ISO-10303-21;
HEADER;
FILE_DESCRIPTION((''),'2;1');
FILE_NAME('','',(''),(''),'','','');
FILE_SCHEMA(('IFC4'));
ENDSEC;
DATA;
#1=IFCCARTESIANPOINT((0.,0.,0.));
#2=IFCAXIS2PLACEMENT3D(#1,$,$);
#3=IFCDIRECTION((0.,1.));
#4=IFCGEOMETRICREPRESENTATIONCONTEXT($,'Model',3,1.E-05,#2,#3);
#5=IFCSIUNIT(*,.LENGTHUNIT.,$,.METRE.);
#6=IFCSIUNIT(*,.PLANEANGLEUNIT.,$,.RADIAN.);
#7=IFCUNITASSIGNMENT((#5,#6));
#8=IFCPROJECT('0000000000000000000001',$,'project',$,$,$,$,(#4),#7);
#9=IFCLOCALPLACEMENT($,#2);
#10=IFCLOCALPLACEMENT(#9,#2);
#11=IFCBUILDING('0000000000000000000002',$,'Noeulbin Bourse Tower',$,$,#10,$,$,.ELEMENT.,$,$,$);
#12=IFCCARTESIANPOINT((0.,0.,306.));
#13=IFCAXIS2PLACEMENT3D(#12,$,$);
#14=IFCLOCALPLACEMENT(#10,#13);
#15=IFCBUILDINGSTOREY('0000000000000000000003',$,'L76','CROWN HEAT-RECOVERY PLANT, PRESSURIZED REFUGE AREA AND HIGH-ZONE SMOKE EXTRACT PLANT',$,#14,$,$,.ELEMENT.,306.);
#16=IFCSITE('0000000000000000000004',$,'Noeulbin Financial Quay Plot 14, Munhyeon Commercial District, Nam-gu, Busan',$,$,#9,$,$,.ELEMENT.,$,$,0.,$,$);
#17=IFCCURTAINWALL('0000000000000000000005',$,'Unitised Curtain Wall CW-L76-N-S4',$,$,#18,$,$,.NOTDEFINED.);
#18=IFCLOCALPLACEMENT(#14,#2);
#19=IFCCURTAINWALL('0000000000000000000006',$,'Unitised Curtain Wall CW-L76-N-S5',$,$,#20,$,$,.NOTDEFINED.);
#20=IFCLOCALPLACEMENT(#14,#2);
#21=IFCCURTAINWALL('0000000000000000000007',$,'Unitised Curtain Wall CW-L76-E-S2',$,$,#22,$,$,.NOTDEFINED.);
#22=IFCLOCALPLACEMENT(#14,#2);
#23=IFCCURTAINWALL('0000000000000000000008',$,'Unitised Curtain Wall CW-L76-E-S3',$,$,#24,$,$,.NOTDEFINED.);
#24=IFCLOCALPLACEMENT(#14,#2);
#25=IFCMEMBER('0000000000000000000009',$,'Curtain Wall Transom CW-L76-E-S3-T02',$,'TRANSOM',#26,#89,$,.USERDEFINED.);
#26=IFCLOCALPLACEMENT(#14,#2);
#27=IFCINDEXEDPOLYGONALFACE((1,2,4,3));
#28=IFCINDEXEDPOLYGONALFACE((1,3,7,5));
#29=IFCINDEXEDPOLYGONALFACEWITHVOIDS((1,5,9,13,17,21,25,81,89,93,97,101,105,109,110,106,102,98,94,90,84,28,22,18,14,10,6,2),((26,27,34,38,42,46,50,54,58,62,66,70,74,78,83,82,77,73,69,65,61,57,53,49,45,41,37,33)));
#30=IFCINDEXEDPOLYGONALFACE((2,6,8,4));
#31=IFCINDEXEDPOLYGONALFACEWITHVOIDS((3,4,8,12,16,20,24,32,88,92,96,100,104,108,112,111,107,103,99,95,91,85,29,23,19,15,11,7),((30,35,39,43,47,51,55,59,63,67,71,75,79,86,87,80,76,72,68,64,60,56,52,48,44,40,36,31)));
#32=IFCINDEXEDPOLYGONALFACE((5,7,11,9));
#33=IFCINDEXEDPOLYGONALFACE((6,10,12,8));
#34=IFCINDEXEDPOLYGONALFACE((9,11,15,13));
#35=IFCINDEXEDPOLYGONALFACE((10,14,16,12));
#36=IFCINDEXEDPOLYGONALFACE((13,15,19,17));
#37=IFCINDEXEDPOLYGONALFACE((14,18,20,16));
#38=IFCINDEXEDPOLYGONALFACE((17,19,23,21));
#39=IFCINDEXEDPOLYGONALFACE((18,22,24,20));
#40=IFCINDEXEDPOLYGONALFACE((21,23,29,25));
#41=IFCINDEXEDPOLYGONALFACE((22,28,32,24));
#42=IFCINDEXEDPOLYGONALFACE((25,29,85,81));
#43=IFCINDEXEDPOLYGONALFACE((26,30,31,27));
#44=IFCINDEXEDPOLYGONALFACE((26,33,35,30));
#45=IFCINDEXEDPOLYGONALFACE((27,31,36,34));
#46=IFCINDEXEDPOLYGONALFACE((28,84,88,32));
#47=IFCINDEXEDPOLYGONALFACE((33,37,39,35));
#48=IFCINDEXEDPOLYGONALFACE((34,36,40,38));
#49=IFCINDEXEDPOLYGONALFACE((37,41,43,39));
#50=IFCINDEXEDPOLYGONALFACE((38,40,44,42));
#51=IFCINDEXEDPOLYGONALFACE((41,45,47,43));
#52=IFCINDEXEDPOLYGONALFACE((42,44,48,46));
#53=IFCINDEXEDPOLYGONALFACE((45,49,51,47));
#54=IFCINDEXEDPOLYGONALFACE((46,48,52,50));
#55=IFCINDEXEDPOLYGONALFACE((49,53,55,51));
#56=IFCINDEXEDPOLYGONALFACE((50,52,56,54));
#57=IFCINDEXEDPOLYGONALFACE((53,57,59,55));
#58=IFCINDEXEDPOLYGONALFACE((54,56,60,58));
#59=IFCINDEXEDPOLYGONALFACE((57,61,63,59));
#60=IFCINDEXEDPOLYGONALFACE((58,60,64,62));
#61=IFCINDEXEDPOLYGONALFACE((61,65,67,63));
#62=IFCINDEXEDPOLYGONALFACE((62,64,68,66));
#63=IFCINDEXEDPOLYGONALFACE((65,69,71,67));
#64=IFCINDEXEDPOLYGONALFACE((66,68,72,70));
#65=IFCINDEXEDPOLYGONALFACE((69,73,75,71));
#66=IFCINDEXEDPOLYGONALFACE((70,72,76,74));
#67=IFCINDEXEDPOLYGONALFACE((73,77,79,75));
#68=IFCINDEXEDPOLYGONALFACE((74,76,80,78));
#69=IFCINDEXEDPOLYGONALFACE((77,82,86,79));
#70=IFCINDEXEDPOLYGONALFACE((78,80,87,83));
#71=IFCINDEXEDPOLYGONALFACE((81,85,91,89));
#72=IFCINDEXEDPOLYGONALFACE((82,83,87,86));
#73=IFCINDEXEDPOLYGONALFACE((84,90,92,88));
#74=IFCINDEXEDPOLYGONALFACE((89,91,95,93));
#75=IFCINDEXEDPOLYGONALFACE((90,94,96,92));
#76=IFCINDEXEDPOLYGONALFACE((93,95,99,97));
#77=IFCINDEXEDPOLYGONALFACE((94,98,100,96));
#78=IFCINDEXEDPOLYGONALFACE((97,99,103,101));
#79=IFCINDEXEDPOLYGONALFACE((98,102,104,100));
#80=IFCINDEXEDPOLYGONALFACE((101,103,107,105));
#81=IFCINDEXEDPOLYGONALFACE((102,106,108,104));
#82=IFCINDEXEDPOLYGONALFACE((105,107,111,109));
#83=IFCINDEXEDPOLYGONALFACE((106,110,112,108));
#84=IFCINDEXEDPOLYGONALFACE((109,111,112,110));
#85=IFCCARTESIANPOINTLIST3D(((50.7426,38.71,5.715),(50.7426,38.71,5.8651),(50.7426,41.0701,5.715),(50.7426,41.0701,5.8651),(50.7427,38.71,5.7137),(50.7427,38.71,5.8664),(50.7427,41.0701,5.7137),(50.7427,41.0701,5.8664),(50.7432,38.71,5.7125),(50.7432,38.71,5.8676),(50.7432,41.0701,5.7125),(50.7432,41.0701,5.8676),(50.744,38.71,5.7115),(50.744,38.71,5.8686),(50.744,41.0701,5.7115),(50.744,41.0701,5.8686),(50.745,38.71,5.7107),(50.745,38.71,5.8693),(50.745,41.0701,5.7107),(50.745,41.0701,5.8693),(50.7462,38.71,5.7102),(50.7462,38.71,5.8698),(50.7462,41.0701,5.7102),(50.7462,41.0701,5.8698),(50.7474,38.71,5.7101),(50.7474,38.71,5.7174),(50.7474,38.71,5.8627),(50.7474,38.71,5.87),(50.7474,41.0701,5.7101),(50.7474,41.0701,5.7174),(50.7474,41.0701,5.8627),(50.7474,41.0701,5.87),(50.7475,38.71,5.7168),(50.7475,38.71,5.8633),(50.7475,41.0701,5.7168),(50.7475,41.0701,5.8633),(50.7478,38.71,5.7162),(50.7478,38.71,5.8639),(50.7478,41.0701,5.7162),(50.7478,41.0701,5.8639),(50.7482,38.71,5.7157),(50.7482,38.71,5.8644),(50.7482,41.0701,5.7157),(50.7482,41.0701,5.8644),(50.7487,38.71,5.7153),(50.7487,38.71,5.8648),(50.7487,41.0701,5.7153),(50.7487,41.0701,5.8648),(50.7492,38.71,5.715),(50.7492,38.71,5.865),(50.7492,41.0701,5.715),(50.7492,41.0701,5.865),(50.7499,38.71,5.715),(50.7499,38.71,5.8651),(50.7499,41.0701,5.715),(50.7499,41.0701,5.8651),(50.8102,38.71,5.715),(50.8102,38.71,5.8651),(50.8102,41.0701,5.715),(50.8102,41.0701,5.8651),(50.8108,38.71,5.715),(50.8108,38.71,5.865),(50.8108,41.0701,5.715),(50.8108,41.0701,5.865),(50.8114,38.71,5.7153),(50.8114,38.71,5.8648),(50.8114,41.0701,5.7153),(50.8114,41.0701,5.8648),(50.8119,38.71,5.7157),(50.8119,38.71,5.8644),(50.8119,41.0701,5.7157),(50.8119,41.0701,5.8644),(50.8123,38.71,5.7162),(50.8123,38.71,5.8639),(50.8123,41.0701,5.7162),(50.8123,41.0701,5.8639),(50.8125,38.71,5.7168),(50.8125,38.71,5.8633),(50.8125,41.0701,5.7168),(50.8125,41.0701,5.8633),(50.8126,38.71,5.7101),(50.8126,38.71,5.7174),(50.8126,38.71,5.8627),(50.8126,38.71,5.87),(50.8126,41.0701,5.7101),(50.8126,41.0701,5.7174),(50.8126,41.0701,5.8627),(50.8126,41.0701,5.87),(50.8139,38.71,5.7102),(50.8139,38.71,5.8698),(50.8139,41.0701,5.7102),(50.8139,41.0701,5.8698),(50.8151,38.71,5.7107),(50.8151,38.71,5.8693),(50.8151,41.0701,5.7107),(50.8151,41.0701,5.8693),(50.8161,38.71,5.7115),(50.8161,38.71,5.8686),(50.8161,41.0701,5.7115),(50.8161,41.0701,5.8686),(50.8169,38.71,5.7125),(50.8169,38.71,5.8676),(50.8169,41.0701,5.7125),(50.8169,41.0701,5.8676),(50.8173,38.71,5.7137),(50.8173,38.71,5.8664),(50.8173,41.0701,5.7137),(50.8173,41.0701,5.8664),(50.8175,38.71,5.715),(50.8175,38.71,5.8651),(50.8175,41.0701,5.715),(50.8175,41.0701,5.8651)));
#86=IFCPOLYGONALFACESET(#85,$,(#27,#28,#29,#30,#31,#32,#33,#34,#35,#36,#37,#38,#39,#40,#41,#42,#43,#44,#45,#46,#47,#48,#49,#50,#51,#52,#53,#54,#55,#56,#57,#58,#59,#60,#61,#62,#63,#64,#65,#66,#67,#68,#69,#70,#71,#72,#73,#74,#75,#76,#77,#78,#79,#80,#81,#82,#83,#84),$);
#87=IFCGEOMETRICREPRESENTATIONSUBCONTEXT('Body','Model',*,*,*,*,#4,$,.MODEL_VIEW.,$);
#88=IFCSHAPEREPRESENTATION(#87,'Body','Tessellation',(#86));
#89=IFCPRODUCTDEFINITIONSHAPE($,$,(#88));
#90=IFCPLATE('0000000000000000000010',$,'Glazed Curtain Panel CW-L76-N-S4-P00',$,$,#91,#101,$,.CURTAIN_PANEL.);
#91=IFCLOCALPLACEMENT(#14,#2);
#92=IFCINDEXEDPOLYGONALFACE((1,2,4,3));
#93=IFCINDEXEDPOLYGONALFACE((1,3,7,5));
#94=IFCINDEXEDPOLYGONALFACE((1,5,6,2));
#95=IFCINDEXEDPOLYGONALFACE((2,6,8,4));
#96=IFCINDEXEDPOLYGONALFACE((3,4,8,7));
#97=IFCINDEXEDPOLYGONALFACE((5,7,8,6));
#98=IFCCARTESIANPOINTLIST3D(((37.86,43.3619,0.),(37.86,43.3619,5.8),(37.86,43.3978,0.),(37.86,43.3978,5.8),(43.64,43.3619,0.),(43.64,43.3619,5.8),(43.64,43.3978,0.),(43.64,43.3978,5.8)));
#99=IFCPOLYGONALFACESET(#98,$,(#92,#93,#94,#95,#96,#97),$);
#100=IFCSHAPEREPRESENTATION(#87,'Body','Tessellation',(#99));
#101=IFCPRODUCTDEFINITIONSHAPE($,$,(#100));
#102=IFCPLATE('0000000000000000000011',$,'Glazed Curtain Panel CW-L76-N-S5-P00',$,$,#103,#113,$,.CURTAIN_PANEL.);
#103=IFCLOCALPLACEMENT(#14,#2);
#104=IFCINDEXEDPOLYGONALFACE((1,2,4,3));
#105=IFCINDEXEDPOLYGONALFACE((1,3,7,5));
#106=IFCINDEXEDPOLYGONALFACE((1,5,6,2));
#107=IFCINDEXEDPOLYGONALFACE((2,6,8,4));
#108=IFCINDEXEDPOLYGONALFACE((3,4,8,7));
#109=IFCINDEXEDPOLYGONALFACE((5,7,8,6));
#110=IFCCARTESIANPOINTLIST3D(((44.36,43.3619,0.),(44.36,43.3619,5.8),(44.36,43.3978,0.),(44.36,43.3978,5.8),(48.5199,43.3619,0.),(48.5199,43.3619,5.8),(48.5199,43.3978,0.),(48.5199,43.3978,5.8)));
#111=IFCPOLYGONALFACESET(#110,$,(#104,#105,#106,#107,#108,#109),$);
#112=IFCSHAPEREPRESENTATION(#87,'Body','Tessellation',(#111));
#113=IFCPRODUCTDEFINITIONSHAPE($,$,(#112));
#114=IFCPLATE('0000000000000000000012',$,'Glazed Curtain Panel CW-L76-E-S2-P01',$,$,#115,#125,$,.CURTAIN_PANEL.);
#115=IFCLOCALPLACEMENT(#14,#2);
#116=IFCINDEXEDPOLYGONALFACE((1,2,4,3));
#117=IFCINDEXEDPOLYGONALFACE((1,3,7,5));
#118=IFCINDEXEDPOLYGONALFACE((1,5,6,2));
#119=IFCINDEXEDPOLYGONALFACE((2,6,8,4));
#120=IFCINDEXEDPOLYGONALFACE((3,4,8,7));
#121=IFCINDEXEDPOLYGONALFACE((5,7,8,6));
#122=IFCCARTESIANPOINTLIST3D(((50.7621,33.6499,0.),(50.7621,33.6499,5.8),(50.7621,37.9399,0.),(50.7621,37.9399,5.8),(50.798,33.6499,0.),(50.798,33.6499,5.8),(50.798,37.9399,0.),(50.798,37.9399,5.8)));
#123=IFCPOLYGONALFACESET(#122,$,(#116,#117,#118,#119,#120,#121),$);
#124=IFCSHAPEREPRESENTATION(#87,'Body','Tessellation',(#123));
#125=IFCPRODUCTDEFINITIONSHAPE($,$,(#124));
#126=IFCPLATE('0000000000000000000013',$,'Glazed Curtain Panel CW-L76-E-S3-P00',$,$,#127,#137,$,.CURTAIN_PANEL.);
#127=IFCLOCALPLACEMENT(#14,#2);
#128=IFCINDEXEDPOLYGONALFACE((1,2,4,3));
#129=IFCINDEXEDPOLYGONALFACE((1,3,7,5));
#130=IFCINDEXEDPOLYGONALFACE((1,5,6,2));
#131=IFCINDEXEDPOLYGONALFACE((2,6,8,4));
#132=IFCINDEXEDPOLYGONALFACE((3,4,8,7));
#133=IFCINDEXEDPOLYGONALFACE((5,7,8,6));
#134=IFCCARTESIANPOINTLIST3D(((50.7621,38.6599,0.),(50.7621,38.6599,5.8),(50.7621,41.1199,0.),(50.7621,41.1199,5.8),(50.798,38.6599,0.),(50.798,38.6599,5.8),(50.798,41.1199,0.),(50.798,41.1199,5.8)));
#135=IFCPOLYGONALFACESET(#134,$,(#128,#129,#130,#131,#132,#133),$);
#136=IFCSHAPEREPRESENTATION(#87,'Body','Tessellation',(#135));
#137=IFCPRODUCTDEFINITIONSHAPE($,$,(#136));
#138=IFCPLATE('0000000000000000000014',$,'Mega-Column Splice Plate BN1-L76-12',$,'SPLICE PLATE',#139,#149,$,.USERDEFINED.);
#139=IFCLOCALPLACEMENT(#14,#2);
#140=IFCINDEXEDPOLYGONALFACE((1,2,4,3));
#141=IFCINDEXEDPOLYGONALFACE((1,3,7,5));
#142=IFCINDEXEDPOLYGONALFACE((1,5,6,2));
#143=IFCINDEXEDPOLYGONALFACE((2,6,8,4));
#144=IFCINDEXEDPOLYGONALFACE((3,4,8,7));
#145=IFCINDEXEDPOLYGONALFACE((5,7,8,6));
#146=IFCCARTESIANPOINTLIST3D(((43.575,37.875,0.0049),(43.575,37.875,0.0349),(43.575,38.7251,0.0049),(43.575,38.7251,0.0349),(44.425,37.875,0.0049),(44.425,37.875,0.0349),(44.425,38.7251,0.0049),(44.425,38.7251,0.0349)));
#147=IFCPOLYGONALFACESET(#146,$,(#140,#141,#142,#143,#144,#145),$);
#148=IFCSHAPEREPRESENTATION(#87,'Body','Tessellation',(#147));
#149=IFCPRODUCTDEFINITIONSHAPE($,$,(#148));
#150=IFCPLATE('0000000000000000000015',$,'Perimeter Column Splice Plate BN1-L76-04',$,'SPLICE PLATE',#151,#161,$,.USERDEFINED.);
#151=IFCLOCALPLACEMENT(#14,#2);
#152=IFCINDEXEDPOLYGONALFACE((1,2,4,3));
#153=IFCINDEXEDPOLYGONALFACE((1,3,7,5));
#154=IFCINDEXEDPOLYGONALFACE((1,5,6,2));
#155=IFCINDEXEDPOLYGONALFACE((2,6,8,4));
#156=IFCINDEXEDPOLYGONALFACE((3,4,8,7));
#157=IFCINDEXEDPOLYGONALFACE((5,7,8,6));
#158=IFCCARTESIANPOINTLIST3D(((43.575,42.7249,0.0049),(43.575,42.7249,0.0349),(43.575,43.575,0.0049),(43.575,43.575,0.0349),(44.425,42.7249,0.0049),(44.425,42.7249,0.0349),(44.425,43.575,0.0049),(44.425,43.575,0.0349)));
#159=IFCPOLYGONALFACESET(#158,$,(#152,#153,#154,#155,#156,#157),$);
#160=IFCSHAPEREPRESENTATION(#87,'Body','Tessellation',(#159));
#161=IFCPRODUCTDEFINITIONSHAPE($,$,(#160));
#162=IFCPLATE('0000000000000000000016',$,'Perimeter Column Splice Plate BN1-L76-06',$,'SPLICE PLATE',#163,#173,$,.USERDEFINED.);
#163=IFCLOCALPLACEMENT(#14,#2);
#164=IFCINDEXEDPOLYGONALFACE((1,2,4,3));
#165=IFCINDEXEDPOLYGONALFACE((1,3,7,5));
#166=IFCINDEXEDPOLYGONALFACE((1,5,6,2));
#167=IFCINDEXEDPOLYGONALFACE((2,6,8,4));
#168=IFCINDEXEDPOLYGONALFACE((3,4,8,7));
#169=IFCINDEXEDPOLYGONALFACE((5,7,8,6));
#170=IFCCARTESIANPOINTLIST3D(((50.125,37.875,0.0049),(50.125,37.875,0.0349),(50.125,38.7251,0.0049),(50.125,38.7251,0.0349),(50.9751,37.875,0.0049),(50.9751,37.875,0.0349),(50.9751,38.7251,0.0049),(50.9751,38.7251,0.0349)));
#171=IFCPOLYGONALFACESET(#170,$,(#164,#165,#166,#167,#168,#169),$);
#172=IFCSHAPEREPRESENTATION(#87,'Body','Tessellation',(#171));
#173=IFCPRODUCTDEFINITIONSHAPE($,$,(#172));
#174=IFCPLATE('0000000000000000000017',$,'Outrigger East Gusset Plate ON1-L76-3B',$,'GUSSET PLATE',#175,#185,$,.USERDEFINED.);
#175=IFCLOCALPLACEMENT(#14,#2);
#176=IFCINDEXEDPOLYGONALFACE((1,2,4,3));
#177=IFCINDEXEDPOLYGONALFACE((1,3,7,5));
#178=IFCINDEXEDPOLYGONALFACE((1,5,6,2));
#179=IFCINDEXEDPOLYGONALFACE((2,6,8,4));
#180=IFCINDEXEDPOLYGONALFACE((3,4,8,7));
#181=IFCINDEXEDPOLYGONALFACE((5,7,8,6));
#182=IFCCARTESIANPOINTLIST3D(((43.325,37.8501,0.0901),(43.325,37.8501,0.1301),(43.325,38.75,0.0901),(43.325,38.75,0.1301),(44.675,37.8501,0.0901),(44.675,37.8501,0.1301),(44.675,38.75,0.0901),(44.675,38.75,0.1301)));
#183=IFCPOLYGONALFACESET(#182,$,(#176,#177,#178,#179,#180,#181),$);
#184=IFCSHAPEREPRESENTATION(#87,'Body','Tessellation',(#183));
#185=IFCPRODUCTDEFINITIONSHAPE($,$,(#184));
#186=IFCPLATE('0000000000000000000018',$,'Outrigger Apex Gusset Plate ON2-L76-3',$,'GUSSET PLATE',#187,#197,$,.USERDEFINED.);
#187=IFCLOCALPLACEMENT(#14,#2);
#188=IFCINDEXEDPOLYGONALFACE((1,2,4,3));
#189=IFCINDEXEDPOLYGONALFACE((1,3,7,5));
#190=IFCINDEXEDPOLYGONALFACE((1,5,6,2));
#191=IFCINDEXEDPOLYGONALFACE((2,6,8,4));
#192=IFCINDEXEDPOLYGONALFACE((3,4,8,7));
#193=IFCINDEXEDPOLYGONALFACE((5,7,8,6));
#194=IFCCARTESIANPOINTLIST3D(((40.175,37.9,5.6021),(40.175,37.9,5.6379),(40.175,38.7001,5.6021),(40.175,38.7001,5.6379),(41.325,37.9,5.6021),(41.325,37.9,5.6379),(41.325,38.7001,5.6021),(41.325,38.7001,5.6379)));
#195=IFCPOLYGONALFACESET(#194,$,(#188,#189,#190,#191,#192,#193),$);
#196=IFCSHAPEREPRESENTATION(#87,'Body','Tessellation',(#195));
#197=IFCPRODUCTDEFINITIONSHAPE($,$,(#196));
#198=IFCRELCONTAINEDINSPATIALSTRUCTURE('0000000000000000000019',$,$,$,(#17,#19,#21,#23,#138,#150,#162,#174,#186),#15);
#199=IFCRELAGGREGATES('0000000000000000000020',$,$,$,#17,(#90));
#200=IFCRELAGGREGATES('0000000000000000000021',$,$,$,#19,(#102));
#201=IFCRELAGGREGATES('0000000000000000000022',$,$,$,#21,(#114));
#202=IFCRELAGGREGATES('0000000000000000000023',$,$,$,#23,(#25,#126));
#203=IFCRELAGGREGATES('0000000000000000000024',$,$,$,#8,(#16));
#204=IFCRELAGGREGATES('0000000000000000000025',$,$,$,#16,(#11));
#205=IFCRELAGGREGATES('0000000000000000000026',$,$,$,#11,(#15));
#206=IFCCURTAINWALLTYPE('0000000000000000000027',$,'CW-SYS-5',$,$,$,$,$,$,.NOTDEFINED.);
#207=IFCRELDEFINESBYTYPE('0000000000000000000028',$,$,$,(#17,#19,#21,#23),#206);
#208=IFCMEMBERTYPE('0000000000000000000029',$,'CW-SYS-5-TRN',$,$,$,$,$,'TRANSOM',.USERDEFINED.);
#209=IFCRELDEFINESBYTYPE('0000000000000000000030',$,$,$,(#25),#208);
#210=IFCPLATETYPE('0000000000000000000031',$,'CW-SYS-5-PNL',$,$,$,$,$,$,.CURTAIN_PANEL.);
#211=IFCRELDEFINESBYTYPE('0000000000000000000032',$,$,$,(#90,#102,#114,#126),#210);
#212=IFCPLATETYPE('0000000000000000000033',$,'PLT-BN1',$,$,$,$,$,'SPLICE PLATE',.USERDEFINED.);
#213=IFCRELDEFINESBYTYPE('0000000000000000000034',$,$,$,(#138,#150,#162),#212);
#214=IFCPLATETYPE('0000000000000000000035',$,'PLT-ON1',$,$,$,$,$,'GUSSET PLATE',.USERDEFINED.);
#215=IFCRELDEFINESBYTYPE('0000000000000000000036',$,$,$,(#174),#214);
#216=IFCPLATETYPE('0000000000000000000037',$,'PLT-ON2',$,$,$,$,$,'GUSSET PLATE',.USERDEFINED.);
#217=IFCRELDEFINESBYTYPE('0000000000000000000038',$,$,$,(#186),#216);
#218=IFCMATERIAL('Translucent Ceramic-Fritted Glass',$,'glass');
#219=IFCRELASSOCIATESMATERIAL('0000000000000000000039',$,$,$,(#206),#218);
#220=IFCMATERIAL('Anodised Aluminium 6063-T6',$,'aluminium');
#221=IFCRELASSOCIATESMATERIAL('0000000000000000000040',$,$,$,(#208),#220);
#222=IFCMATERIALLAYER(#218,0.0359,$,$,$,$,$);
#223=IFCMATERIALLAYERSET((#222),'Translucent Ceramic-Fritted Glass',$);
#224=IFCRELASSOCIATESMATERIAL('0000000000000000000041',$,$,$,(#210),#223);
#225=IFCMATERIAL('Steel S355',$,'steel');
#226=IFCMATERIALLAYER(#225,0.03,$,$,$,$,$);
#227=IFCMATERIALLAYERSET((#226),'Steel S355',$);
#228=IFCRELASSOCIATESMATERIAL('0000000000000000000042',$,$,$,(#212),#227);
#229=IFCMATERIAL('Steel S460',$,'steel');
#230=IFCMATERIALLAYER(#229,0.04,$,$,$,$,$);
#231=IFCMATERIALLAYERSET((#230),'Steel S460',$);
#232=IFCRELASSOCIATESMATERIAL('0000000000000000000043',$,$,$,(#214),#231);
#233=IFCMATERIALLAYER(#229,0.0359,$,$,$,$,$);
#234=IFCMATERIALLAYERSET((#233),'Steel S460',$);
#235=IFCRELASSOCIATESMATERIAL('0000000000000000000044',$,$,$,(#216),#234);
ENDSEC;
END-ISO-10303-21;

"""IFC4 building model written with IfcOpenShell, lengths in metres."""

from ifc_helpers import new_model, si_unit, direction, frame, origin, origin_2d, place, context, subcontext, project, spatial, rectangle, hollow_rectangle, extrude, material, layer, layer_set, material_profile, profile_set, type_object, element, aggregate, save


model = new_model("IFC4")

# Units and contexts
model_context = context("Model", 3, precision=1e-05, world=origin(), true_north=direction((0.0, 1.0)))
body_context = subcontext(model_context, "Body", "Model", "MODEL_VIEW")
ifc_project = project(units=[si_unit("LENGTHUNIT", "METRE"), si_unit("PLANEANGLEUNIT", "RADIAN")], contexts=[model_context])

# Site, building, storey
site_placement = place(None, origin())
site = spatial("IfcSite", under=ifc_project, at=site_placement, Name="Noeulbin Financial Quay Plot 14, Munhyeon Commercial District, Nam-gu, Busan", CompositionType="ELEMENT", RefElevation=0.0)
building_placement = place(site_placement, origin())
building = spatial("IfcBuilding", under=site, at=building_placement, Name="Noeulbin Bourse Tower", CompositionType="ELEMENT")
storey_placement = place(building_placement, frame((0.0, 0.0, 306.0)))
storey = spatial("IfcBuildingStorey", under=building, at=storey_placement, Name="L76", Description="CROWN HEAT-RECOVERY PLANT, PRESSURIZED REFUGE AREA AND HIGH-ZONE SMOKE EXTRACT PLANT", CompositionType="ELEMENT", Elevation=306.0)

# Shared definitions
ifc_material_1 = material(Name="Steel S355", Category="steel")

# Shared definitions
ifc_material_2 = material(Name="Steel S460", Category="steel")

# Curtain wall
ifc_material_3 = material(Name="Translucent Ceramic-Fritted Glass", Category="glass")
curtain_wall_type = type_object("IfcCurtainWallType", Name="CW-SYS-5", PredefinedType="NOTDEFINED", material=ifc_material_3)
curtain_wall_1_placement = place(storey_placement, origin())
curtain_wall_1 = element("IfcCurtainWall", 1, at=curtain_wall_1_placement, inside=storey, type_object=curtain_wall_type, Name="Unitised Curtain Wall CW-L76-N-S4", PredefinedType="NOTDEFINED")
ifc_material_4 = material(Name="Anodised Aluminium 6063-T6", Category="aluminium")

# Curtain walls
curtain_wall_2_placement = place(storey_placement, origin())
curtain_wall_2 = element("IfcCurtainWall", 2, at=curtain_wall_2_placement, inside=storey, type_object=curtain_wall_type, Name="Unitised Curtain Wall CW-L76-N-S5", PredefinedType="NOTDEFINED")
curtain_wall_3_placement = place(storey_placement, origin())
curtain_wall_3 = element("IfcCurtainWall", 3, at=curtain_wall_3_placement, inside=storey, type_object=curtain_wall_type, Name="Unitised Curtain Wall CW-L76-E-S2", PredefinedType="NOTDEFINED")
curtain_wall_4_placement = place(storey_placement, origin())
curtain_wall_4 = element("IfcCurtainWall", 4, at=curtain_wall_4_placement, inside=storey, type_object=curtain_wall_type, Name="Unitised Curtain Wall CW-L76-E-S3", PredefinedType="NOTDEFINED")

# Member
ifc_material_profile_1 = material_profile(ifc_material_4, hollow_rectangle(XDim=0.075, YDim=0.1599, WallThickness=0.0049, InnerFilletRadius=0.0024, OuterFilletRadius=0.0049, at=origin_2d()), Name="ALU-TRAN-75x160x5", Category="LoadBearing")
ifc_profile_set_1 = profile_set([ifc_material_profile_1], Name="Anodised Aluminium 6063-T6")
member_type_1 = type_object("IfcMemberType", Name="CW-SYS-5-TRN", ElementType="TRANSOM", PredefinedType="USERDEFINED", material=ifc_profile_set_1)
member_1_placement = place(storey_placement, frame((50.78, 38.71, 5.79), z_axis=(0.0, 1.0, 0.0), x_axis=(-1.0, 0.0, 0.0)))
member_1 = element("IfcMember", 5, at=member_1_placement, type_object=member_type_1, Name="Curtain Wall Transom CW-L76-E-S3-T02", ObjectType="TRANSOM", PredefinedType="USERDEFINED", context=body_context, shape_type="SweptSolid", body=[
    extrude(hollow_rectangle(XDim=0.075, YDim=0.1599, WallThickness=0.0049, InnerFilletRadius=0.0024, OuterFilletRadius=0.0049, at=origin_2d()), origin(), (0.0, 0.0, 1.0), 2.3601),
])

# Plates
ifc_layer_1 = layer(ifc_material_3, 0.0359)
ifc_layer_set_1 = layer_set([ifc_layer_1], Name="Translucent Ceramic-Fritted Glass")
plate_type_1 = type_object("IfcPlateType", Name="CW-SYS-5-PNL", PredefinedType="CURTAIN_PANEL", material=ifc_layer_set_1)
plate_1_placement = place(storey_placement, frame((40.75, 43.3799, 0.0), z_axis=(0.0, 0.0, 1.0), x_axis=(1.0, 0.0, 0.0)))
plate_1 = element("IfcPlate", 6, at=plate_1_placement, type_object=plate_type_1, Name="Glazed Curtain Panel CW-L76-N-S4-P00", PredefinedType="CURTAIN_PANEL", context=body_context, shape_type="SweptSolid", body=[
    extrude(rectangle(XDim=5.78, YDim=0.0359, at=origin_2d()), origin(), (0.0, 0.0, 1.0), 5.8),
])
aggregate(curtain_wall_1, [plate_1])
plate_2_placement = place(storey_placement, frame((46.4399, 43.3799, 0.0), z_axis=(0.0, 0.0, 1.0), x_axis=(1.0, 0.0, 0.0)))
plate_2 = element("IfcPlate", 7, at=plate_2_placement, type_object=plate_type_1, Name="Glazed Curtain Panel CW-L76-N-S5-P00", PredefinedType="CURTAIN_PANEL", context=body_context, shape_type="SweptSolid", body=[
    extrude(rectangle(XDim=4.1599, YDim=0.0359, at=origin_2d()), origin(), (0.0, 0.0, 1.0), 5.8),
])
aggregate(curtain_wall_2, [plate_2])
plate_3_placement = place(storey_placement, frame((50.78, 35.7949, 0.0), z_axis=(0.0, 0.0, 1.0), x_axis=(0.0, 1.0, 0.0)))
plate_3 = element("IfcPlate", 8, at=plate_3_placement, type_object=plate_type_1, Name="Glazed Curtain Panel CW-L76-E-S2-P01", PredefinedType="CURTAIN_PANEL", context=body_context, shape_type="SweptSolid", body=[
    extrude(rectangle(XDim=4.29, YDim=0.0359, at=origin_2d()), origin(), (0.0, 0.0, 1.0), 5.8),
])
aggregate(curtain_wall_3, [plate_3])
plate_4_placement = place(storey_placement, frame((50.78, 39.8899, 0.0), z_axis=(0.0, 0.0, 1.0), x_axis=(0.0, 1.0, 0.0)))
plate_4 = element("IfcPlate", 9, at=plate_4_placement, type_object=plate_type_1, Name="Glazed Curtain Panel CW-L76-E-S3-P00", PredefinedType="CURTAIN_PANEL", context=body_context, shape_type="SweptSolid", body=[
    extrude(rectangle(XDim=2.46, YDim=0.0359, at=origin_2d()), origin(), (0.0, 0.0, 1.0), 5.8),
])
aggregate(curtain_wall_4, [member_1, plate_4])

# Plates
ifc_layer_2 = layer(ifc_material_1, 0.03)
ifc_layer_set_2 = layer_set([ifc_layer_2], Name="Steel S355")
plate_type_2 = type_object("IfcPlateType", Name="PLT-BN1", ElementType="SPLICE PLATE", PredefinedType="USERDEFINED", material=ifc_layer_set_2)
for number, where, z_axis, x_axis, name in (
    (10, (44.0, 38.3, 0.0049), (0.0, 0.0, 1.0), (1.0, 0.0, 0.0), "Mega-Column Splice Plate BN1-L76-12"),
    (11, (44.0, 43.1499, 0.0049), (0.0, 0.0, 1.0), (1.0, 0.0, 0.0), "Perimeter Column Splice Plate BN1-L76-04"),
    (12, (50.55, 38.3, 0.0049), (0.0, 0.0, 1.0), (1.0, 0.0, 0.0), "Perimeter Column Splice Plate BN1-L76-06"),
):
    element("IfcPlate", number, at=place(storey_placement, frame(where, z_axis=z_axis, x_axis=x_axis)), inside=storey, type_object=plate_type_2, Name=name, ObjectType="SPLICE PLATE", PredefinedType="USERDEFINED", context=body_context, shape_type="SweptSolid", body=[
        extrude(rectangle(XDim=0.8501, YDim=0.8501, at=origin_2d()), origin(), (0.0, 0.0, 1.0), 0.03),
    ])
ifc_layer_3 = layer(ifc_material_2, 0.04)
ifc_layer_set_3 = layer_set([ifc_layer_3], Name="Steel S460")
plate_type_3 = type_object("IfcPlateType", Name="PLT-ON1", ElementType="GUSSET PLATE", PredefinedType="USERDEFINED", material=ifc_layer_set_3)
plate_5_placement = place(storey_placement, frame((44.0, 38.3, 0.0901), z_axis=(0.0, 0.0, 1.0), x_axis=(1.0, 0.0, 0.0)))
element("IfcPlate", 13, at=plate_5_placement, inside=storey, type_object=plate_type_3, Name="Outrigger East Gusset Plate ON1-L76-3B", ObjectType="GUSSET PLATE", PredefinedType="USERDEFINED", context=body_context, shape_type="SweptSolid", body=[
    extrude(rectangle(XDim=1.3501, YDim=0.8999, at=origin_2d()), origin(), (0.0, 0.0, 1.0), 0.04),
])
ifc_layer_4 = layer(ifc_material_2, 0.0359)
ifc_layer_set_4 = layer_set([ifc_layer_4], Name="Steel S460")
plate_type_4 = type_object("IfcPlateType", Name="PLT-ON2", ElementType="GUSSET PLATE", PredefinedType="USERDEFINED", material=ifc_layer_set_4)
plate_6_placement = place(storey_placement, frame((40.75, 38.3, 5.6021), z_axis=(0.0, 0.0, 1.0), x_axis=(1.0, 0.0, 0.0)))
element("IfcPlate", 14, at=plate_6_placement, inside=storey, type_object=plate_type_4, Name="Outrigger Apex Gusset Plate ON2-L76-3", ObjectType="GUSSET PLATE", PredefinedType="USERDEFINED", context=body_context, shape_type="SweptSolid", body=[
    extrude(rectangle(XDim=1.1499, YDim=0.8, at=origin_2d()), origin(), (0.0, 0.0, 1.0), 0.0359),
])

save(model, "model.ifc")
